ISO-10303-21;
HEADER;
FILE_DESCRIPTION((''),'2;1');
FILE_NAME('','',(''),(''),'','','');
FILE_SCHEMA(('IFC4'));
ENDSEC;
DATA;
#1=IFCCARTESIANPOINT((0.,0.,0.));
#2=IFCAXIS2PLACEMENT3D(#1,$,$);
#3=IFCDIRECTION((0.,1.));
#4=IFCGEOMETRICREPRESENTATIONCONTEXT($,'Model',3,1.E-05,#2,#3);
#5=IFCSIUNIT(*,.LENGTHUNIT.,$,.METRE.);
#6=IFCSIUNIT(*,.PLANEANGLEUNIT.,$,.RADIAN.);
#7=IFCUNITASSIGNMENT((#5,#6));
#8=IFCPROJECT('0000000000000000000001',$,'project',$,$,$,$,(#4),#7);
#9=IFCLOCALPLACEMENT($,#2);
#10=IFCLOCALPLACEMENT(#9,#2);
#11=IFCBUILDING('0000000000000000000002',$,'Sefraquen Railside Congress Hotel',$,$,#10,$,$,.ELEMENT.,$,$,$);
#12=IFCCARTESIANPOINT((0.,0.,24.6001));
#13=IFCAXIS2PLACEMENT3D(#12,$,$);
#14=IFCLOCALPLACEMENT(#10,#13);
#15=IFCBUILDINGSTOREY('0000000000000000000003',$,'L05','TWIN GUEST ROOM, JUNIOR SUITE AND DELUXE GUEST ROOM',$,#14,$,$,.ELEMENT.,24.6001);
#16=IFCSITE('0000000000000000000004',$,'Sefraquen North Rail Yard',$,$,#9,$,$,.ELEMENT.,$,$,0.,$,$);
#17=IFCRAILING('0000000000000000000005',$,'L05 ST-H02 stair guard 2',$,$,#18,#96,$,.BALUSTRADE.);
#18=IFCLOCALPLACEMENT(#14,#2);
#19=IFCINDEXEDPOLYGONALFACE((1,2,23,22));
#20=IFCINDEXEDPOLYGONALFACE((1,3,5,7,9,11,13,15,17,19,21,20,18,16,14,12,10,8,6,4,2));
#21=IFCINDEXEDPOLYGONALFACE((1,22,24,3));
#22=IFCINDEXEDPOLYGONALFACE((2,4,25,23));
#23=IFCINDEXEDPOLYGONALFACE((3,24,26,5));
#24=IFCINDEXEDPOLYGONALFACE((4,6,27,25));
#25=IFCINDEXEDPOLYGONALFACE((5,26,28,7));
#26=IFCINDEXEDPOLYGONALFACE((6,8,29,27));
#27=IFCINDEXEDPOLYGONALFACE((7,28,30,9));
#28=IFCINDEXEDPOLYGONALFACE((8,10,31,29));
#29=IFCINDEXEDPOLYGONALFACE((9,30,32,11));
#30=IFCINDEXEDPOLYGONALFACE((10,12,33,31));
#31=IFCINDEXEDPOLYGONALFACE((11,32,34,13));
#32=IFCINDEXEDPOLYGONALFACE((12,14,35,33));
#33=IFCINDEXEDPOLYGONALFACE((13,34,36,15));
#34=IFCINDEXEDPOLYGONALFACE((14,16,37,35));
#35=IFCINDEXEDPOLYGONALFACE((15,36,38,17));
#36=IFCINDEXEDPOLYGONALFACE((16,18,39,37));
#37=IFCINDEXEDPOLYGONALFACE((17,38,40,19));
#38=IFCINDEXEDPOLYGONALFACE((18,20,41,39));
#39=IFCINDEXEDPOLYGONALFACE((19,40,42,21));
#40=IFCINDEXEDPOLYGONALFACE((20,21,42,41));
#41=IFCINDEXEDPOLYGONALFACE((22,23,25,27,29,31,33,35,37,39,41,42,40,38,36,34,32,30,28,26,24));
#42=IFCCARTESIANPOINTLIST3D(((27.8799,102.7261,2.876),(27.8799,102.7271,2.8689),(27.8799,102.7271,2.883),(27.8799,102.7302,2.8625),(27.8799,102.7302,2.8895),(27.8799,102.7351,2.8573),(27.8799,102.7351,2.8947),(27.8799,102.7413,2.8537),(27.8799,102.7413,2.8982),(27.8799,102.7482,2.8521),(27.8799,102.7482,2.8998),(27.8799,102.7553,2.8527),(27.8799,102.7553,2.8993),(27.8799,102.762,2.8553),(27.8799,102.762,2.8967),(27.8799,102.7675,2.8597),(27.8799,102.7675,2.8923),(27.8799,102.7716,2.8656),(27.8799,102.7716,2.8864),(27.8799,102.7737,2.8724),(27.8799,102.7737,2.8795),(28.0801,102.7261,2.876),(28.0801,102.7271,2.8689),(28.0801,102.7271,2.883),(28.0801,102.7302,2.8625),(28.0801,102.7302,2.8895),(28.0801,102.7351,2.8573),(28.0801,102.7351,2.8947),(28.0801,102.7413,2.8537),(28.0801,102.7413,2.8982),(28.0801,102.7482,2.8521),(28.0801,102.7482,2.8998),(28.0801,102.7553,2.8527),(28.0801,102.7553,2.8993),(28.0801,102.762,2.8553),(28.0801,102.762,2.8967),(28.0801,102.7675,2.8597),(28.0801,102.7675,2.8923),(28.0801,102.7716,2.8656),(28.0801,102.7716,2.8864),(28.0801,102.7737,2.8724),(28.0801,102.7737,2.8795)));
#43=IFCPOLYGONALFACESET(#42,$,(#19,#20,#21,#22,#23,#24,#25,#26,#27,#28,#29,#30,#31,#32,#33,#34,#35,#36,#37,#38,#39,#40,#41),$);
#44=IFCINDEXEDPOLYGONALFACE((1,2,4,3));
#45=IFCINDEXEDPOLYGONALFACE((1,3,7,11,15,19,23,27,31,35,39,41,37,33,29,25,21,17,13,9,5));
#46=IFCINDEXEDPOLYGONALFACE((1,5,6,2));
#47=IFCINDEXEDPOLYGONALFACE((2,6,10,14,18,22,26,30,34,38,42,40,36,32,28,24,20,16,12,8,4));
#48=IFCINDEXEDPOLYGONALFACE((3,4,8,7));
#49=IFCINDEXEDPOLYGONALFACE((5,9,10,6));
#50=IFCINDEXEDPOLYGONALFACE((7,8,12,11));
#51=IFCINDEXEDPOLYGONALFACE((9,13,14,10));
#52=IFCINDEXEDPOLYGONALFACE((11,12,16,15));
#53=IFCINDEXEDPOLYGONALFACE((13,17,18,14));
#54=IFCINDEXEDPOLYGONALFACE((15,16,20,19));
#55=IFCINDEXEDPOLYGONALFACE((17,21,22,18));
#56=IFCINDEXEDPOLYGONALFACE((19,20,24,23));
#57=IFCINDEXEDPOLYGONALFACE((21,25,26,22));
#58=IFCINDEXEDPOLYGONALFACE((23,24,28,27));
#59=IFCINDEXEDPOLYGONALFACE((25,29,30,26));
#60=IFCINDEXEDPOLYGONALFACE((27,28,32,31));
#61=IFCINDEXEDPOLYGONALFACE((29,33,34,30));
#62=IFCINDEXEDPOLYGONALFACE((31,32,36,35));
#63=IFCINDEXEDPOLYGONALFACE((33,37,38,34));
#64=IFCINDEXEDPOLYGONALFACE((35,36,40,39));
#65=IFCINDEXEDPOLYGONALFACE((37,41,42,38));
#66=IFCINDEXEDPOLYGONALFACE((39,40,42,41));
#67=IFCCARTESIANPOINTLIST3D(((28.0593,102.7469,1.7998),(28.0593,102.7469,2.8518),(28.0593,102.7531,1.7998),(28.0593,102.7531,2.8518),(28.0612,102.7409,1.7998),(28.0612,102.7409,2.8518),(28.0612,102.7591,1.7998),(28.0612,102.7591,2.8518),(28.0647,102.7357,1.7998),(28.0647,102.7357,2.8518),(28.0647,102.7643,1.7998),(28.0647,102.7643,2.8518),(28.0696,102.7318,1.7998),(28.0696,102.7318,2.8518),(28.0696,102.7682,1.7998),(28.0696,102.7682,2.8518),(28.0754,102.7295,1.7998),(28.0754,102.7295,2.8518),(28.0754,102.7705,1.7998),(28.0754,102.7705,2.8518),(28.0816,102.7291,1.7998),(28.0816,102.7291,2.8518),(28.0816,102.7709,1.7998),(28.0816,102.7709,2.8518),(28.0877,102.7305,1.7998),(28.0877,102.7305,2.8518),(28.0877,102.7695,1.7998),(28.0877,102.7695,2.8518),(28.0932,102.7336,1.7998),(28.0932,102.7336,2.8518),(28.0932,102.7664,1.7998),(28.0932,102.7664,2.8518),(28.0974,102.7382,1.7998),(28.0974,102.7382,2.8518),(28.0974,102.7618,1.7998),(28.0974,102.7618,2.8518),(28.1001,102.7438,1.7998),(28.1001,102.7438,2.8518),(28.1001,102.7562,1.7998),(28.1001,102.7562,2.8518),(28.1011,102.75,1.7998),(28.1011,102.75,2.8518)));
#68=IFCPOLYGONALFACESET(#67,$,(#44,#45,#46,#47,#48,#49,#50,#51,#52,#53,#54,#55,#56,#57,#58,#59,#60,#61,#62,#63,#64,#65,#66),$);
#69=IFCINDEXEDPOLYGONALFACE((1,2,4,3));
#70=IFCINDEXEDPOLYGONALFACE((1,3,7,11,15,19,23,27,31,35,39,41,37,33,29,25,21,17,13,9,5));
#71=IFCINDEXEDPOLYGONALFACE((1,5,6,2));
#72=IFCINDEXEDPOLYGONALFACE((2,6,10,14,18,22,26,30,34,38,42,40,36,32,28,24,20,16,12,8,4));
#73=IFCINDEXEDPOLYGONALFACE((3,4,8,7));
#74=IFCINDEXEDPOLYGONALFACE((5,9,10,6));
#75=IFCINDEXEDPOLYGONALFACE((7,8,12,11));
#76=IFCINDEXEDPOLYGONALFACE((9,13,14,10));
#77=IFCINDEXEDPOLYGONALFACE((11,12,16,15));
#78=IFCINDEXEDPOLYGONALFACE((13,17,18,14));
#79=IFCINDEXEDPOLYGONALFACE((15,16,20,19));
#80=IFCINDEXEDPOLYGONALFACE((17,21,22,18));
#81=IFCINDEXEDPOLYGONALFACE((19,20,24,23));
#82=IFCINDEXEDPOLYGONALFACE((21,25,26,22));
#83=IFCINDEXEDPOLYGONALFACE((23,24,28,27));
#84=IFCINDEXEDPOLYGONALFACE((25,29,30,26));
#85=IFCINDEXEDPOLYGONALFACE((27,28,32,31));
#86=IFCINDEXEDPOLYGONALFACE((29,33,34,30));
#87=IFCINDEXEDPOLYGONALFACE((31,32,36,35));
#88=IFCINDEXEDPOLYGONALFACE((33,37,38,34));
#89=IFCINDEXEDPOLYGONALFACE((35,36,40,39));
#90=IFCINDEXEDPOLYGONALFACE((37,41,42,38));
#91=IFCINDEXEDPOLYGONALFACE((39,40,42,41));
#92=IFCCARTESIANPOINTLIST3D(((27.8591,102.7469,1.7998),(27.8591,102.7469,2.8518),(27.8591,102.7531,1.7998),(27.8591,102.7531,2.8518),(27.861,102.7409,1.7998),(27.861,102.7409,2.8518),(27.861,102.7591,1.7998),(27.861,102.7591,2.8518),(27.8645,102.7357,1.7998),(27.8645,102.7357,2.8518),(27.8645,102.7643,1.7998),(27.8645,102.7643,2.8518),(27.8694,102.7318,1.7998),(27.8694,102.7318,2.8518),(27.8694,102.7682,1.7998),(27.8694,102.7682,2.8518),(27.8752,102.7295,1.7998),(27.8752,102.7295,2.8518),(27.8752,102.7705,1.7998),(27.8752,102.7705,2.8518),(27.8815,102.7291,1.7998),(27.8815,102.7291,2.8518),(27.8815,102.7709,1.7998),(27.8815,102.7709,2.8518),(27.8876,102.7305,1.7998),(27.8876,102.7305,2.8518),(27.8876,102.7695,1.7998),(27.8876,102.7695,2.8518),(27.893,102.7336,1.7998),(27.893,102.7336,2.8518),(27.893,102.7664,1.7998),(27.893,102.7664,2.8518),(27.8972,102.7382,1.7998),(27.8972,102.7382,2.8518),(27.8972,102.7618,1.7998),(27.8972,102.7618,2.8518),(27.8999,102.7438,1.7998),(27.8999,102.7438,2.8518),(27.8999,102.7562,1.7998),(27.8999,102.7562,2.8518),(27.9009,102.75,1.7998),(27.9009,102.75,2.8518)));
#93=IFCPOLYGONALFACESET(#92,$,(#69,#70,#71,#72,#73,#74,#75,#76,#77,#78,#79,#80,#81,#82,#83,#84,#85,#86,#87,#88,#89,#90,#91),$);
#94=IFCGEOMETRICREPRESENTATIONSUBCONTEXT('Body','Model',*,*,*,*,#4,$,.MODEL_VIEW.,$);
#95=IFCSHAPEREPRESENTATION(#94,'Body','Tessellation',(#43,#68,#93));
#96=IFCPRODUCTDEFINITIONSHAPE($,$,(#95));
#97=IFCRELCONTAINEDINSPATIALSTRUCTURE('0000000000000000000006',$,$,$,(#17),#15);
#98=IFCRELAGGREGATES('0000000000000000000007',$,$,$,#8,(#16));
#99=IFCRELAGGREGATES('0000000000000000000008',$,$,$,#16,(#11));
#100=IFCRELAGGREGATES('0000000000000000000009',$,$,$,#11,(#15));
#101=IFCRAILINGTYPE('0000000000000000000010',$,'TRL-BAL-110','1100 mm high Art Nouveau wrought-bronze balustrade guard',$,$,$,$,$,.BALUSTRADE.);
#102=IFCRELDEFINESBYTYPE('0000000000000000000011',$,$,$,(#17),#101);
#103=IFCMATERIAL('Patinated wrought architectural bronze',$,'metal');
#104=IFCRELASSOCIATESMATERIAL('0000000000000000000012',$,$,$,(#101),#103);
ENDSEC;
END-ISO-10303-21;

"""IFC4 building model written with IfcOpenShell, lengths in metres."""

from ifc_helpers import new_model, si_unit, direction, frame, origin, origin_2d, place, context, subcontext, project, spatial, circle, extrude, material, type_object, element, save


model = new_model("IFC4")

# Units and contexts
model_context = context("Model", 3, precision=1e-05, world=origin(), true_north=direction((0.0, 1.0)))
body_context = subcontext(model_context, "Body", "Model", "MODEL_VIEW")
ifc_project = project(units=[si_unit("LENGTHUNIT", "METRE"), si_unit("PLANEANGLEUNIT", "RADIAN")], contexts=[model_context])

# Site, building, storey
site_placement = place(None, origin())
site = spatial("IfcSite", under=ifc_project, at=site_placement, Name="Sefraquen North Rail Yard", CompositionType="ELEMENT", RefElevation=0.0)
building_placement = place(site_placement, origin())
building = spatial("IfcBuilding", under=site, at=building_placement, Name="Sefraquen Railside Congress Hotel", CompositionType="ELEMENT")
storey_placement = place(building_placement, frame((0.0, 0.0, 24.6001)))
storey = spatial("IfcBuildingStorey", under=building, at=storey_placement, Name="L05", Description="TWIN GUEST ROOM, JUNIOR SUITE AND DELUXE GUEST ROOM", CompositionType="ELEMENT", Elevation=24.6001)

# Railing
ifc_material_1 = material(Name="Patinated wrought architectural bronze", Category="metal")
railing_type_1 = type_object("IfcRailingType", Name="TRL-BAL-110", Description="1100 mm high Art Nouveau wrought-bronze balustrade guard", PredefinedType="BALUSTRADE", material=ifc_material_1)
railing_1_placement = place(storey_placement, frame((28.0801, 102.75, 1.7998)))
element("IfcRailing", 1, at=railing_1_placement, inside=storey, type_object=railing_type_1, Name="L05 ST-H02 stair guard 2", PredefinedType="BALUSTRADE", context=body_context, shape_type="SweptSolid", body=[
    extrude(circle(Radius=0.0239, at=origin_2d()), frame((0.0, 0.0, 1.0762), z_axis=(-1.0, 0.0, 0.0), x_axis=(0.0, -1.0, 0.0)), (0.0, 0.0, 1.0), 0.2002),
    extrude(circle(Radius=0.021, at=origin_2d()), origin(), (0.0, 0.0, 1.0), 1.052),
    extrude(circle(Radius=0.021, at=origin_2d()), frame((-0.2002, 0.0, 0.0)), (0.0, 0.0, 1.0), 1.052),
])

save(model, "model.ifc")
